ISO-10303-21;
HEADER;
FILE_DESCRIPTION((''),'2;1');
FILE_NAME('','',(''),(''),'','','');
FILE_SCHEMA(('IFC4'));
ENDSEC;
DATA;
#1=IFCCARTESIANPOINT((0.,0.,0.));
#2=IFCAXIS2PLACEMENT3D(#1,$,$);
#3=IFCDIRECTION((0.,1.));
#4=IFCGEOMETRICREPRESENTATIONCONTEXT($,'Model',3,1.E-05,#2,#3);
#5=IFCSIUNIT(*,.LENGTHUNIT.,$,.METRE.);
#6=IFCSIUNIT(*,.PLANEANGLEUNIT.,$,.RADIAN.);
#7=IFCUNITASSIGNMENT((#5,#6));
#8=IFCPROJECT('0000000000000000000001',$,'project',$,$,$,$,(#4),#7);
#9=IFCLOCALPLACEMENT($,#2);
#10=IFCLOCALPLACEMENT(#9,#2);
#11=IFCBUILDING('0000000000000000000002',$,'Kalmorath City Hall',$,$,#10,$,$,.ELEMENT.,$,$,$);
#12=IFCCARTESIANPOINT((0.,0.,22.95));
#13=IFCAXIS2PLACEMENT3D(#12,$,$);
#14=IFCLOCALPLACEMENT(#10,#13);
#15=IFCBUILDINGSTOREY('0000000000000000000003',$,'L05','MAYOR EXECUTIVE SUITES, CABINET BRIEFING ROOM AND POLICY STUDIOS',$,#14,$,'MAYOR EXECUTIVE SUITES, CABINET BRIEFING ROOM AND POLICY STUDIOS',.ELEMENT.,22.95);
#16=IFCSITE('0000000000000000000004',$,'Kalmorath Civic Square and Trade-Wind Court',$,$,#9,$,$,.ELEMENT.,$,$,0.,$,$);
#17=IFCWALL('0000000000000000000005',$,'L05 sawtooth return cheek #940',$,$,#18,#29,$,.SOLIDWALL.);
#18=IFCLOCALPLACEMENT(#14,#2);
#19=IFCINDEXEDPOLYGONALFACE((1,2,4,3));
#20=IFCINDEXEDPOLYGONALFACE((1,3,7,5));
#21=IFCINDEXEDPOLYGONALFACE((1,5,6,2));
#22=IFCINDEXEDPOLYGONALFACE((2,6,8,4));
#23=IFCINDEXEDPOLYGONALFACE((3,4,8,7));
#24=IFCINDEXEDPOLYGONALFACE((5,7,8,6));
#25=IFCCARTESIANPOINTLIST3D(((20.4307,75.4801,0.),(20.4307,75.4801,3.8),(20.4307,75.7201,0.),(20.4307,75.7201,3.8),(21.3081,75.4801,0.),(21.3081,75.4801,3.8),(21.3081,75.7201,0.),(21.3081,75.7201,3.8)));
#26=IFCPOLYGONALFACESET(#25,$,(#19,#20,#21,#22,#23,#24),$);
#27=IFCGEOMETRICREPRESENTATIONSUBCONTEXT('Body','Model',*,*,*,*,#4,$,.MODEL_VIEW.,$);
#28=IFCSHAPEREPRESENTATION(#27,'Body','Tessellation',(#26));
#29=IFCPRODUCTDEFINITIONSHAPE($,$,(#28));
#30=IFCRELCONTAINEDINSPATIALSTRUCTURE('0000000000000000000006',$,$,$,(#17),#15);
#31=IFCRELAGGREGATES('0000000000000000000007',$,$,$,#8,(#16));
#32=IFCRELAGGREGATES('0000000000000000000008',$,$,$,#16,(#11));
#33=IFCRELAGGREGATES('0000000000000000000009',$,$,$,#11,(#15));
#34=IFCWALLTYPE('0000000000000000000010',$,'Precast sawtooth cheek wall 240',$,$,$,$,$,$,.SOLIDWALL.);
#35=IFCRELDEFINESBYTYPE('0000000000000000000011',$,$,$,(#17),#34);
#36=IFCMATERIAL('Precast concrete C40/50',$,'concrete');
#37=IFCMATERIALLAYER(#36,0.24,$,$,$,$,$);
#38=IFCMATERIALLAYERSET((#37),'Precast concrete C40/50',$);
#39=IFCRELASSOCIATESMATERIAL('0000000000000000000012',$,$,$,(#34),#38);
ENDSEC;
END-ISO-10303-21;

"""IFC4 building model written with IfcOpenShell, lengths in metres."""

from ifc_helpers import new_model, si_unit, direction, frame, frame_2d, origin, place, context, subcontext, project, spatial, rectangle, extrude, material, layer, layer_set, type_object, element, save


model = new_model("IFC4")

# Units and contexts
model_context = context("Model", 3, precision=1e-05, world=origin(), true_north=direction((0.0, 1.0)))
body_context = subcontext(model_context, "Body", "Model", "MODEL_VIEW")
ifc_project = project(units=[si_unit("LENGTHUNIT", "METRE"), si_unit("PLANEANGLEUNIT", "RADIAN")], contexts=[model_context])

# Site, building, storey
site_placement = place(None, origin())
site = spatial("IfcSite", under=ifc_project, at=site_placement, Name="Kalmorath Civic Square and Trade-Wind Court", CompositionType="ELEMENT", RefElevation=0.0)
building_placement = place(site_placement, origin())
building = spatial("IfcBuilding", under=site, at=building_placement, Name="Kalmorath City Hall", CompositionType="ELEMENT")
storey_placement = place(building_placement, frame((0.0, 0.0, 22.95)))
storey = spatial("IfcBuildingStorey", under=building, at=storey_placement, Name="L05", Description="MAYOR EXECUTIVE SUITES, CABINET BRIEFING ROOM AND POLICY STUDIOS", LongName="MAYOR EXECUTIVE SUITES, CABINET BRIEFING ROOM AND POLICY STUDIOS", CompositionType="ELEMENT", Elevation=22.95)

# Wall
ifc_material_1 = material(Name="Precast concrete C40/50", Category="concrete")
ifc_layer = layer(ifc_material_1, 0.24)
ifc_layer_set = layer_set([ifc_layer], Name="Precast concrete C40/50")
wall_type = type_object("IfcWallType", Name="Precast sawtooth cheek wall 240", PredefinedType="SOLIDWALL", material=ifc_layer_set)
wall_placement = place(storey_placement, frame((20.4307, 75.6001, 0.0), z_axis=(0.0, 0.0, 1.0), x_axis=(1.0, 0.0, 0.0)))
element("IfcWall", 1, at=wall_placement, inside=storey, type_object=wall_type, Name="L05 sawtooth return cheek #940", PredefinedType="SOLIDWALL", context=body_context, shape_type="SweptSolid", body=[
    extrude(rectangle(XDim=0.8774, YDim=0.24, at=frame_2d((0.4387, 0.0))), origin(), (0.0, 0.0, 1.0), 3.8),
])

save(model, "model.ifc")
